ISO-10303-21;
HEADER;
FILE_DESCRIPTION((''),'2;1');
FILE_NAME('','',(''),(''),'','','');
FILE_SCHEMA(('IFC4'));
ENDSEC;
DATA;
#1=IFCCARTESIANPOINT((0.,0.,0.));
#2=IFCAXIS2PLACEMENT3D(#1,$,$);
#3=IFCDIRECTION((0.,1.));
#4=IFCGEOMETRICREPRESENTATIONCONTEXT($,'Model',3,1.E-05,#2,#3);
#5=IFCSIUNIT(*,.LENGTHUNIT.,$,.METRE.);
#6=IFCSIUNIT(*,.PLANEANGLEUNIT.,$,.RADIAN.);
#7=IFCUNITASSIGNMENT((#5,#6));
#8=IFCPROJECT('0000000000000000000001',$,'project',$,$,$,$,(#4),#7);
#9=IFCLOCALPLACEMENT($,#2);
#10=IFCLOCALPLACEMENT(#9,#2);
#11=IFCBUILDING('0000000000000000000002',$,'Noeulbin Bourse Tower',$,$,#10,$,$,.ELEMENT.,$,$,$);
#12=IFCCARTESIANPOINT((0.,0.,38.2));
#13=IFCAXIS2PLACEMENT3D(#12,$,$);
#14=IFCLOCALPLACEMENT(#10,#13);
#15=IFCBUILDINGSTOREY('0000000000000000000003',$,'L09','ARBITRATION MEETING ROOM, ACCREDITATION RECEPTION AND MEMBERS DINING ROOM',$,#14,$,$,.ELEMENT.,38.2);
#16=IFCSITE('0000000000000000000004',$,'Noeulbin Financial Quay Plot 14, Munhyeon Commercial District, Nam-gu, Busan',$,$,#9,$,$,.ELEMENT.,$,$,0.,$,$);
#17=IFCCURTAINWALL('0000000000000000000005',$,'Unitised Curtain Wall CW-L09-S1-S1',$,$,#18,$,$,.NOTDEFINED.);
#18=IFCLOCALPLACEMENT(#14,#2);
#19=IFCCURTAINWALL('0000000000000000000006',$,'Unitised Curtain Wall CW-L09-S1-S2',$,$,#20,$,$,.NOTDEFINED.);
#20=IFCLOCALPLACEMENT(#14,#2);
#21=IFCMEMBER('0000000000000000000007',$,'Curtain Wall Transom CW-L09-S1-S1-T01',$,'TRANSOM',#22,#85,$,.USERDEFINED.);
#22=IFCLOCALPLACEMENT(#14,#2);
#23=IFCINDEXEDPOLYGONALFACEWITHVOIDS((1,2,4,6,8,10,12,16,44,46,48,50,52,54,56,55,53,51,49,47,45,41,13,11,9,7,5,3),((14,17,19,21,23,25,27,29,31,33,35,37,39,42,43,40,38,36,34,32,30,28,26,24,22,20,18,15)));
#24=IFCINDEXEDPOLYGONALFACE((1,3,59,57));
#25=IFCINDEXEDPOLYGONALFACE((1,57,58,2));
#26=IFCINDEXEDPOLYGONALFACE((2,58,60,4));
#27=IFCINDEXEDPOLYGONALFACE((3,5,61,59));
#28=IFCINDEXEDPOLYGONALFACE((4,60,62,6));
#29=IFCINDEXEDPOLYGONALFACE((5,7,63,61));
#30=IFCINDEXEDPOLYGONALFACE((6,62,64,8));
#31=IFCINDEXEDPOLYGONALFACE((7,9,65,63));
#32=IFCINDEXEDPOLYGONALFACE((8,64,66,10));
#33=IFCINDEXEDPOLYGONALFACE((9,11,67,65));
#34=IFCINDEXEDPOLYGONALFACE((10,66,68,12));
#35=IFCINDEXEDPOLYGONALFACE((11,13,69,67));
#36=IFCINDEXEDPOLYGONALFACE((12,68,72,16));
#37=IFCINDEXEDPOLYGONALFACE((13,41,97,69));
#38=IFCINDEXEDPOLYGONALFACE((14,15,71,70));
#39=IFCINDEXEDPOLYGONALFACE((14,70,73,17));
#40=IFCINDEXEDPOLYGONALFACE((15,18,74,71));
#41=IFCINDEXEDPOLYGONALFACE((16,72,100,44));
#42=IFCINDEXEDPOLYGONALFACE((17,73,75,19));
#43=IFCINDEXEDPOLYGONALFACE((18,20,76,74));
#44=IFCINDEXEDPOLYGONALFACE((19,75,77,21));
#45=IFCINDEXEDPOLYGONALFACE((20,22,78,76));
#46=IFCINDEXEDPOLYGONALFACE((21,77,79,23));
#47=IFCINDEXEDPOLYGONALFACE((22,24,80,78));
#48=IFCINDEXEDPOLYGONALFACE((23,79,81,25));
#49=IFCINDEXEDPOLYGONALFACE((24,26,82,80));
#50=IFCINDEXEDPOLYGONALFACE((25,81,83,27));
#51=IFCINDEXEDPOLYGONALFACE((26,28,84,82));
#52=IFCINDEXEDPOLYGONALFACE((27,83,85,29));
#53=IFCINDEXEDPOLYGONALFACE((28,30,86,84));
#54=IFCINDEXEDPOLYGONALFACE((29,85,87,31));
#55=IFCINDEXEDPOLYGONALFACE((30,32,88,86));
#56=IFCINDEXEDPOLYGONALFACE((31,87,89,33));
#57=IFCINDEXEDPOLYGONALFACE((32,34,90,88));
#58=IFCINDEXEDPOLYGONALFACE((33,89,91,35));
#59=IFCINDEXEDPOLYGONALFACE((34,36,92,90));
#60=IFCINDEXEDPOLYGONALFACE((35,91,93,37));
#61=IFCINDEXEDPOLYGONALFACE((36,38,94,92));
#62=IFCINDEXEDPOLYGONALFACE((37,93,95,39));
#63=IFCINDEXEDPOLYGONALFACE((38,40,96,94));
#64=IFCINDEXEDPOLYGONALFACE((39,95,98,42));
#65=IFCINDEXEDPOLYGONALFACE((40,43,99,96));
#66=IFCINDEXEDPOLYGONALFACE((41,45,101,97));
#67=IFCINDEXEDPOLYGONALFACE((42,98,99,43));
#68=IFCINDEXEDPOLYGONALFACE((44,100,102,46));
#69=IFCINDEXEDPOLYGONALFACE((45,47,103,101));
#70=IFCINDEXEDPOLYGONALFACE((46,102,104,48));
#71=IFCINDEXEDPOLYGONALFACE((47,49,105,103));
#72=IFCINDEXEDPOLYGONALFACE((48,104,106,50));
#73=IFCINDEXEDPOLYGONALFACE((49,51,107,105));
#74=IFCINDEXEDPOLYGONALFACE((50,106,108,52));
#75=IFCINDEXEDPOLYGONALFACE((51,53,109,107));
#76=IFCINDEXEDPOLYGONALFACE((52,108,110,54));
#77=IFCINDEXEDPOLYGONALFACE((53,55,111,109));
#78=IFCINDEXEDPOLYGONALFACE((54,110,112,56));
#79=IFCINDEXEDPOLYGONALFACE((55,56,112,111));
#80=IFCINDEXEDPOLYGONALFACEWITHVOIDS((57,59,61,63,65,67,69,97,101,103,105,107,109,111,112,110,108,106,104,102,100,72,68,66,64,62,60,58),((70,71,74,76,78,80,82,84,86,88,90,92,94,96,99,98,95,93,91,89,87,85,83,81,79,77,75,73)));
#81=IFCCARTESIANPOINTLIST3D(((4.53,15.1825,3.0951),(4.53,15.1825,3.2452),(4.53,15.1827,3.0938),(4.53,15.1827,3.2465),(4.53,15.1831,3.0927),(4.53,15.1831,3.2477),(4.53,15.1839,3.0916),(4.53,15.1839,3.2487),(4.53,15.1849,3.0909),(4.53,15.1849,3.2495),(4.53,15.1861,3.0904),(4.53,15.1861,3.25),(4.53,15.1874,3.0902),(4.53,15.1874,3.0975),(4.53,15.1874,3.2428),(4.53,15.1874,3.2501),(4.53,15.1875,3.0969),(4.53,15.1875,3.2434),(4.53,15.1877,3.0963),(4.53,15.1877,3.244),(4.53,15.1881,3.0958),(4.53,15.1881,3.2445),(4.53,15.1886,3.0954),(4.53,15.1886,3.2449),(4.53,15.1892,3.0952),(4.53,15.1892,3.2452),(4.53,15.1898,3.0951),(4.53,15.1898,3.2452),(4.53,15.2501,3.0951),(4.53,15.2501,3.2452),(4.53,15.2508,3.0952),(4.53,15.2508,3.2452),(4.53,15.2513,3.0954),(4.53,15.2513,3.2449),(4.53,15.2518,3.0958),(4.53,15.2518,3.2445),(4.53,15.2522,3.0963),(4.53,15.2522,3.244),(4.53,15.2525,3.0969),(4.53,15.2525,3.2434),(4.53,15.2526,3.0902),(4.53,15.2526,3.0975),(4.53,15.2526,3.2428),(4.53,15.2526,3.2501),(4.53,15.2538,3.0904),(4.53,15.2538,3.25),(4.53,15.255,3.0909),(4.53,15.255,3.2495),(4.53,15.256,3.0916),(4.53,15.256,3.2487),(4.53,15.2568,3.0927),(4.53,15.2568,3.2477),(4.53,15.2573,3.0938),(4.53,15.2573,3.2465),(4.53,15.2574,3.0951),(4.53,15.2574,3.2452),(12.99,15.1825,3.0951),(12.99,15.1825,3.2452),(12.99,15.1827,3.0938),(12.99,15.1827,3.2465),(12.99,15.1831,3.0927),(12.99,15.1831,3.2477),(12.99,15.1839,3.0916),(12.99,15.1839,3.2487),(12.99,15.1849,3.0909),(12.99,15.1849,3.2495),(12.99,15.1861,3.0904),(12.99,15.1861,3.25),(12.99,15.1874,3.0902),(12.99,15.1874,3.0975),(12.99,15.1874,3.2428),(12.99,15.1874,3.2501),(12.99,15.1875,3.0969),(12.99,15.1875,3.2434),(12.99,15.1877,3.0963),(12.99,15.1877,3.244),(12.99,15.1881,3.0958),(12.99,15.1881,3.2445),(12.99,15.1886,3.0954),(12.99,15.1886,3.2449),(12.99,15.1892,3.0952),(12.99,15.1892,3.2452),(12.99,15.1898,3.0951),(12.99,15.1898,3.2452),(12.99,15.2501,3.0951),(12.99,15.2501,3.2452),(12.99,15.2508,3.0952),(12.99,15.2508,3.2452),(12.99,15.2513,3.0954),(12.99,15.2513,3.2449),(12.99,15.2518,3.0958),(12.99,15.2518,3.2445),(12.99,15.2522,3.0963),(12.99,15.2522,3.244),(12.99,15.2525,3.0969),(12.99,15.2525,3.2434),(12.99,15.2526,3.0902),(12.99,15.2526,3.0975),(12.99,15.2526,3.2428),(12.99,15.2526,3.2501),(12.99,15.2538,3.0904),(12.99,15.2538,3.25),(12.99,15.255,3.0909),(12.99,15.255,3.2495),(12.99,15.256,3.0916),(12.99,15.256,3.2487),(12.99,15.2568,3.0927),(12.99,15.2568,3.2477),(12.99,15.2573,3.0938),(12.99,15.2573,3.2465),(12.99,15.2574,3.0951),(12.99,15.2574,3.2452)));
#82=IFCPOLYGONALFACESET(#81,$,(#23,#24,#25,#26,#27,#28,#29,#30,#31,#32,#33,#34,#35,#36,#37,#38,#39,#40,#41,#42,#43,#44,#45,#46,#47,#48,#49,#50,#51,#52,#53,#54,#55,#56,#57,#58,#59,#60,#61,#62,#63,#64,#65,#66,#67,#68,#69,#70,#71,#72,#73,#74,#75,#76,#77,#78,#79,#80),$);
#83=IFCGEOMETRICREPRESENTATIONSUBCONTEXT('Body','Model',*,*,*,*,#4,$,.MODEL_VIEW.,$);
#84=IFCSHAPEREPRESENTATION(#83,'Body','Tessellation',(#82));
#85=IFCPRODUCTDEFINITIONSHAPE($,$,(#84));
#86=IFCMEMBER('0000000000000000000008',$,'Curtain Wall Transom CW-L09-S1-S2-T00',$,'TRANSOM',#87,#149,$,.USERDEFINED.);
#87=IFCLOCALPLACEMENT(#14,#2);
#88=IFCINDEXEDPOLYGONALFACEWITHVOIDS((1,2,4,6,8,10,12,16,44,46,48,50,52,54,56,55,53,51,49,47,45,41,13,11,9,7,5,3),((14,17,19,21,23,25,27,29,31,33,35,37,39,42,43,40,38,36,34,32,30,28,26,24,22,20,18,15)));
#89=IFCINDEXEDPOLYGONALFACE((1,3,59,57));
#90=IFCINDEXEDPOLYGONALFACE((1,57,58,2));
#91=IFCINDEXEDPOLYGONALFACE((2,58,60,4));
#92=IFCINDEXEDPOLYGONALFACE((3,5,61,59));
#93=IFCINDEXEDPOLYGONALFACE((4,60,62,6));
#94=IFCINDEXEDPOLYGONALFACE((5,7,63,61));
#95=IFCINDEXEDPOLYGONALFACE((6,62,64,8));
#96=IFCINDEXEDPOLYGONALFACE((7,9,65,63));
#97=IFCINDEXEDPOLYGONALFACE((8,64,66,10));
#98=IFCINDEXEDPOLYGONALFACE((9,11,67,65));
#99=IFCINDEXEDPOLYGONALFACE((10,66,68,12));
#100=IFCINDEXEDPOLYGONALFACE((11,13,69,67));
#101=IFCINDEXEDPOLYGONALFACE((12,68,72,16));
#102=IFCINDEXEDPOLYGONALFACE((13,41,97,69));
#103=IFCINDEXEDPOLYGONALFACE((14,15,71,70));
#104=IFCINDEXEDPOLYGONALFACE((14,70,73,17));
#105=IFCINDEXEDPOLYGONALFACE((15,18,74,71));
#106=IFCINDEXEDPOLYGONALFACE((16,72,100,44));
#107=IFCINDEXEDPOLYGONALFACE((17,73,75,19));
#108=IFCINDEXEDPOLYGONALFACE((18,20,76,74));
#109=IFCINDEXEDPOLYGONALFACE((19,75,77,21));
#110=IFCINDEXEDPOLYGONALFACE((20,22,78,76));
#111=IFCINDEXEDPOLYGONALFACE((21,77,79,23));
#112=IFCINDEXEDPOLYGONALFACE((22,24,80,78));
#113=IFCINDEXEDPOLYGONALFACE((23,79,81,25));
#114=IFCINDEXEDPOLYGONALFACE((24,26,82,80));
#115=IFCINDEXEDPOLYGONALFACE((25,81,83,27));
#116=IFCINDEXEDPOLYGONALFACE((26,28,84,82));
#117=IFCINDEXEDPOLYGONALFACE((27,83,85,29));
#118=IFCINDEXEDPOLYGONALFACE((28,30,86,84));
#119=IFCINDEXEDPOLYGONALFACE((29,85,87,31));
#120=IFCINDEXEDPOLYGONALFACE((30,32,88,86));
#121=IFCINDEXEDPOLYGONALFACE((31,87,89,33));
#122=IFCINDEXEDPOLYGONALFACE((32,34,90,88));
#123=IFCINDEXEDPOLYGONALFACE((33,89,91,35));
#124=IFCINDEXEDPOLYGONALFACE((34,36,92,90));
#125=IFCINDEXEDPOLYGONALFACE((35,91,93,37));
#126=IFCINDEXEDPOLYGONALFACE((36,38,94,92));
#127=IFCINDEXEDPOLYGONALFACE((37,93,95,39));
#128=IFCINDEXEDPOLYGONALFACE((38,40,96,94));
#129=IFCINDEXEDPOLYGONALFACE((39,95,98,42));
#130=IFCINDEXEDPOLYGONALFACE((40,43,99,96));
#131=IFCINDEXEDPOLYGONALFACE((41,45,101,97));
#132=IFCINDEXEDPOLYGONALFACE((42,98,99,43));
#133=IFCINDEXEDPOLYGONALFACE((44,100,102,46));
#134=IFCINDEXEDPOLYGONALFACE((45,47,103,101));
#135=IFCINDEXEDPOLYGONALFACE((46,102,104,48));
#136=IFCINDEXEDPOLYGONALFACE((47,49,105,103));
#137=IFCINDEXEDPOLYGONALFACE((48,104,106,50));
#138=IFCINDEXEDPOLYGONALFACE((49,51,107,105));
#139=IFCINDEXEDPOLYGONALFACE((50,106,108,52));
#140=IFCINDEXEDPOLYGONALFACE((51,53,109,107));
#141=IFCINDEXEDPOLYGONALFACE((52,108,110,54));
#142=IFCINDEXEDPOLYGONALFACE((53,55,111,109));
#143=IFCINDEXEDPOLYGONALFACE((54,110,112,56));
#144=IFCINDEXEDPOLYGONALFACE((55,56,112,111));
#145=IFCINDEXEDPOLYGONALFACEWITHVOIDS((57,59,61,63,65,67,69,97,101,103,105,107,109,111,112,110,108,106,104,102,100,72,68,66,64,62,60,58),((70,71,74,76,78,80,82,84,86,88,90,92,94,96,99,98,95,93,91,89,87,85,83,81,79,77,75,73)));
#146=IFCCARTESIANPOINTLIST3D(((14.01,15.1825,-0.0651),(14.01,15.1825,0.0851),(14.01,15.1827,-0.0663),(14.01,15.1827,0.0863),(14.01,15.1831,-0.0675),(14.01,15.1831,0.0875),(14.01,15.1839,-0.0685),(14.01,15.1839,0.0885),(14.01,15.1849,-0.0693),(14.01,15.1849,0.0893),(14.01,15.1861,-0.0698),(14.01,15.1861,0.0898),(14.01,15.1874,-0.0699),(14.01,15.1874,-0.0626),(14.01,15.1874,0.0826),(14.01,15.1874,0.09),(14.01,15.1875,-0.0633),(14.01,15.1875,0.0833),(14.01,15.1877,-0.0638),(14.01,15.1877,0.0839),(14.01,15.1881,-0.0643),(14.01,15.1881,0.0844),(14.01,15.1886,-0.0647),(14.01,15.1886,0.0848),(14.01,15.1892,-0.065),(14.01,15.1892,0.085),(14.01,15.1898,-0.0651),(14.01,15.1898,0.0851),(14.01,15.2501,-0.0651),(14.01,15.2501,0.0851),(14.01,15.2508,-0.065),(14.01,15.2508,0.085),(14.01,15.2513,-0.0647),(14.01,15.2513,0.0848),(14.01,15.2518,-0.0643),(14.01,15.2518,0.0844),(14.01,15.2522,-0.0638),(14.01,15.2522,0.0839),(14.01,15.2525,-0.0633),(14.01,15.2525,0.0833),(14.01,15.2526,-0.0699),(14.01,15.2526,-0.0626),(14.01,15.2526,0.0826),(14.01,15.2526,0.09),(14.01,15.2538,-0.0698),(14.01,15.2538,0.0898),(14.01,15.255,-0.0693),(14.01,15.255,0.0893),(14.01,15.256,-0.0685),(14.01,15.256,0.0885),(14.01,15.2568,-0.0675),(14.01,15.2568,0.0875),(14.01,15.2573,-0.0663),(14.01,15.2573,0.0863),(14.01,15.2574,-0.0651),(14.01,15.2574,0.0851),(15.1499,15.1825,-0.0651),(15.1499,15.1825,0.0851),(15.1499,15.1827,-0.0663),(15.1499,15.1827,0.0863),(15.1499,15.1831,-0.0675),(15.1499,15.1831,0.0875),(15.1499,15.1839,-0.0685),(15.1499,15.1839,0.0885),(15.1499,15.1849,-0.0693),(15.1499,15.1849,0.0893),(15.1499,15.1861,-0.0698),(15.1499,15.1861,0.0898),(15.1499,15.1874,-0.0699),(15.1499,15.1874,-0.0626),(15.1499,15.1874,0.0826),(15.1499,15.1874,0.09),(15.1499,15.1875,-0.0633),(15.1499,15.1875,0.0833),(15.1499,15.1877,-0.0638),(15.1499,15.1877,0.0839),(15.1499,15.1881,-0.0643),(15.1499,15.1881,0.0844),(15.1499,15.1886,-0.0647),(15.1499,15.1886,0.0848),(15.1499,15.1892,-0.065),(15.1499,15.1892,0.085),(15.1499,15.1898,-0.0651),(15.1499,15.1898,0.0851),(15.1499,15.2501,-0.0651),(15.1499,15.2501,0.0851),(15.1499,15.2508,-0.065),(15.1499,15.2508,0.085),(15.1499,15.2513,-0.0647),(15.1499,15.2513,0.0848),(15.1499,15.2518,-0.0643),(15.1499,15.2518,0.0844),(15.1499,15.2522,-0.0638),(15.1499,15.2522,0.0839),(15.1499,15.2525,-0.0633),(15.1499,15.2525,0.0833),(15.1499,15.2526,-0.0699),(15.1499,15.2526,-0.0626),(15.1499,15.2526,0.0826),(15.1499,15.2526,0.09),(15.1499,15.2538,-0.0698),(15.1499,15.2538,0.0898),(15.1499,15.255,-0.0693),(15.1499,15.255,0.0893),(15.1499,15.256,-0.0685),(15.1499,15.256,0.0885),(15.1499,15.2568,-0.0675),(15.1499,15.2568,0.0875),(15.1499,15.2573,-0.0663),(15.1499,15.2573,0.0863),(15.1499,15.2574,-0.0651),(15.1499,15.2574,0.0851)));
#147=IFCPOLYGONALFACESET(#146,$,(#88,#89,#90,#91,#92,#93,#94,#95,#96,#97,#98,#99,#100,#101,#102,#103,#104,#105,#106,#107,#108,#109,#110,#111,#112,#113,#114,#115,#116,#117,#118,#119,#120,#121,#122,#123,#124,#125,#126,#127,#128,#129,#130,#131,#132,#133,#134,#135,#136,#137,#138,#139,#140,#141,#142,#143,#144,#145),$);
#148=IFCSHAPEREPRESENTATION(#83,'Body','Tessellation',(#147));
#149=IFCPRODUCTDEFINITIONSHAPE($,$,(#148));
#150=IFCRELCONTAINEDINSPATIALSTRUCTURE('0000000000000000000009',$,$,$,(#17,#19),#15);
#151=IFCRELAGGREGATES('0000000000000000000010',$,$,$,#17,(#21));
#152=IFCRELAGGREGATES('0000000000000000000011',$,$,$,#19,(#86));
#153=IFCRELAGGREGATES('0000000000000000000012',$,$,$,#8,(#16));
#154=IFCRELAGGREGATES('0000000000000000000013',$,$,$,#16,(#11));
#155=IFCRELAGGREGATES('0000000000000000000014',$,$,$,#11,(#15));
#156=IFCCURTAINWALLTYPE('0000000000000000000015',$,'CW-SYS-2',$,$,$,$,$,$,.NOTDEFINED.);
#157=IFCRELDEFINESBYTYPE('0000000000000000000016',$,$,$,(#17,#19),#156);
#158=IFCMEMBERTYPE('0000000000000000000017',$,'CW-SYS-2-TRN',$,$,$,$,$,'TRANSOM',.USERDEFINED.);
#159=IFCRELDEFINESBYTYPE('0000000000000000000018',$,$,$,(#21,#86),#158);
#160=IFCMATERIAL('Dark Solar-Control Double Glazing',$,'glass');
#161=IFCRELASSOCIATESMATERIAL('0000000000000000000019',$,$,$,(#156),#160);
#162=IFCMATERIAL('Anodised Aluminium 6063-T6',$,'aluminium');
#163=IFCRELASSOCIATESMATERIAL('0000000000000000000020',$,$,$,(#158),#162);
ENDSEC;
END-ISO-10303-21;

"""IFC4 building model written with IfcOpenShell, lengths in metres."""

from ifc_helpers import new_model, si_unit, direction, frame, origin, origin_2d, place, context, subcontext, project, spatial, hollow_rectangle, extrude, material, material_profile, profile_set, type_object, element, aggregate, save


model = new_model("IFC4")

# Units and contexts
model_context = context("Model", 3, precision=1e-05, world=origin(), true_north=direction((0.0, 1.0)))
body_context = subcontext(model_context, "Body", "Model", "MODEL_VIEW")
ifc_project = project(units=[si_unit("LENGTHUNIT", "METRE"), si_unit("PLANEANGLEUNIT", "RADIAN")], contexts=[model_context])

# Site, building, storey
site_placement = place(None, origin())
site = spatial("IfcSite", under=ifc_project, at=site_placement, Name="Noeulbin Financial Quay Plot 14, Munhyeon Commercial District, Nam-gu, Busan", CompositionType="ELEMENT", RefElevation=0.0)
building_placement = place(site_placement, origin())
building = spatial("IfcBuilding", under=site, at=building_placement, Name="Noeulbin Bourse Tower", CompositionType="ELEMENT")
storey_placement = place(building_placement, frame((0.0, 0.0, 38.2)))
storey = spatial("IfcBuildingStorey", under=building, at=storey_placement, Name="L09", Description="ARBITRATION MEETING ROOM, ACCREDITATION RECEPTION AND MEMBERS DINING ROOM", CompositionType="ELEMENT", Elevation=38.2)

# Curtain wall
ifc_material_1 = material(Name="Dark Solar-Control Double Glazing", Category="glass")
curtain_wall_type = type_object("IfcCurtainWallType", Name="CW-SYS-2", PredefinedType="NOTDEFINED", material=ifc_material_1)
curtain_wall_1_placement = place(storey_placement, origin())
curtain_wall_1 = element("IfcCurtainWall", 1, at=curtain_wall_1_placement, inside=storey, type_object=curtain_wall_type, Name="Unitised Curtain Wall CW-L09-S1-S1", PredefinedType="NOTDEFINED")
ifc_material_2 = material(Name="Anodised Aluminium 6063-T6", Category="aluminium")

# Curtain wall
curtain_wall_2_placement = place(storey_placement, origin())
curtain_wall_2 = element("IfcCurtainWall", 2, at=curtain_wall_2_placement, inside=storey, type_object=curtain_wall_type, Name="Unitised Curtain Wall CW-L09-S1-S2", PredefinedType="NOTDEFINED")

# Members
ifc_material_profile_1 = material_profile(ifc_material_2, hollow_rectangle(XDim=0.075, YDim=0.1599, WallThickness=0.0049, InnerFilletRadius=0.0024, OuterFilletRadius=0.0049, at=origin_2d()), Name="ALU-TRAN-75x160x5", Category="LoadBearing")
ifc_profile_set_1 = profile_set([ifc_material_profile_1], Name="Anodised Aluminium 6063-T6")
member_type_1 = type_object("IfcMemberType", Name="CW-SYS-2-TRN", ElementType="TRANSOM", PredefinedType="USERDEFINED", material=ifc_profile_set_1)
member_1_placement = place(storey_placement, frame((4.53, 15.22, 3.1702), z_axis=(1.0, 0.0, 0.0), x_axis=(0.0, 1.0, 0.0)))
member_1 = element("IfcMember", 3, at=member_1_placement, type_object=member_type_1, Name="Curtain Wall Transom CW-L09-S1-S1-T01", ObjectType="TRANSOM", PredefinedType="USERDEFINED", context=body_context, shape_type="SweptSolid", body=[
    extrude(hollow_rectangle(XDim=0.075, YDim=0.1599, WallThickness=0.0049, InnerFilletRadius=0.0024, OuterFilletRadius=0.0049, at=origin_2d()), origin(), (0.0, 0.0, 1.0), 8.46),
])
member_2_placement = place(storey_placement, frame((14.01, 15.22, 0.01), z_axis=(1.0, 0.0, 0.0), x_axis=(0.0, 1.0, 0.0)))
member_2 = element("IfcMember", 4, at=member_2_placement, type_object=member_type_1, Name="Curtain Wall Transom CW-L09-S1-S2-T00", ObjectType="TRANSOM", PredefinedType="USERDEFINED", context=body_context, shape_type="SweptSolid", body=[
    extrude(hollow_rectangle(XDim=0.075, YDim=0.1599, WallThickness=0.0049, InnerFilletRadius=0.0024, OuterFilletRadius=0.0049, at=origin_2d()), origin(), (0.0, 0.0, 1.0), 1.1399),
])

aggregate(curtain_wall_1, [member_1])
aggregate(curtain_wall_2, [member_2])

save(model, "model.ifc")
